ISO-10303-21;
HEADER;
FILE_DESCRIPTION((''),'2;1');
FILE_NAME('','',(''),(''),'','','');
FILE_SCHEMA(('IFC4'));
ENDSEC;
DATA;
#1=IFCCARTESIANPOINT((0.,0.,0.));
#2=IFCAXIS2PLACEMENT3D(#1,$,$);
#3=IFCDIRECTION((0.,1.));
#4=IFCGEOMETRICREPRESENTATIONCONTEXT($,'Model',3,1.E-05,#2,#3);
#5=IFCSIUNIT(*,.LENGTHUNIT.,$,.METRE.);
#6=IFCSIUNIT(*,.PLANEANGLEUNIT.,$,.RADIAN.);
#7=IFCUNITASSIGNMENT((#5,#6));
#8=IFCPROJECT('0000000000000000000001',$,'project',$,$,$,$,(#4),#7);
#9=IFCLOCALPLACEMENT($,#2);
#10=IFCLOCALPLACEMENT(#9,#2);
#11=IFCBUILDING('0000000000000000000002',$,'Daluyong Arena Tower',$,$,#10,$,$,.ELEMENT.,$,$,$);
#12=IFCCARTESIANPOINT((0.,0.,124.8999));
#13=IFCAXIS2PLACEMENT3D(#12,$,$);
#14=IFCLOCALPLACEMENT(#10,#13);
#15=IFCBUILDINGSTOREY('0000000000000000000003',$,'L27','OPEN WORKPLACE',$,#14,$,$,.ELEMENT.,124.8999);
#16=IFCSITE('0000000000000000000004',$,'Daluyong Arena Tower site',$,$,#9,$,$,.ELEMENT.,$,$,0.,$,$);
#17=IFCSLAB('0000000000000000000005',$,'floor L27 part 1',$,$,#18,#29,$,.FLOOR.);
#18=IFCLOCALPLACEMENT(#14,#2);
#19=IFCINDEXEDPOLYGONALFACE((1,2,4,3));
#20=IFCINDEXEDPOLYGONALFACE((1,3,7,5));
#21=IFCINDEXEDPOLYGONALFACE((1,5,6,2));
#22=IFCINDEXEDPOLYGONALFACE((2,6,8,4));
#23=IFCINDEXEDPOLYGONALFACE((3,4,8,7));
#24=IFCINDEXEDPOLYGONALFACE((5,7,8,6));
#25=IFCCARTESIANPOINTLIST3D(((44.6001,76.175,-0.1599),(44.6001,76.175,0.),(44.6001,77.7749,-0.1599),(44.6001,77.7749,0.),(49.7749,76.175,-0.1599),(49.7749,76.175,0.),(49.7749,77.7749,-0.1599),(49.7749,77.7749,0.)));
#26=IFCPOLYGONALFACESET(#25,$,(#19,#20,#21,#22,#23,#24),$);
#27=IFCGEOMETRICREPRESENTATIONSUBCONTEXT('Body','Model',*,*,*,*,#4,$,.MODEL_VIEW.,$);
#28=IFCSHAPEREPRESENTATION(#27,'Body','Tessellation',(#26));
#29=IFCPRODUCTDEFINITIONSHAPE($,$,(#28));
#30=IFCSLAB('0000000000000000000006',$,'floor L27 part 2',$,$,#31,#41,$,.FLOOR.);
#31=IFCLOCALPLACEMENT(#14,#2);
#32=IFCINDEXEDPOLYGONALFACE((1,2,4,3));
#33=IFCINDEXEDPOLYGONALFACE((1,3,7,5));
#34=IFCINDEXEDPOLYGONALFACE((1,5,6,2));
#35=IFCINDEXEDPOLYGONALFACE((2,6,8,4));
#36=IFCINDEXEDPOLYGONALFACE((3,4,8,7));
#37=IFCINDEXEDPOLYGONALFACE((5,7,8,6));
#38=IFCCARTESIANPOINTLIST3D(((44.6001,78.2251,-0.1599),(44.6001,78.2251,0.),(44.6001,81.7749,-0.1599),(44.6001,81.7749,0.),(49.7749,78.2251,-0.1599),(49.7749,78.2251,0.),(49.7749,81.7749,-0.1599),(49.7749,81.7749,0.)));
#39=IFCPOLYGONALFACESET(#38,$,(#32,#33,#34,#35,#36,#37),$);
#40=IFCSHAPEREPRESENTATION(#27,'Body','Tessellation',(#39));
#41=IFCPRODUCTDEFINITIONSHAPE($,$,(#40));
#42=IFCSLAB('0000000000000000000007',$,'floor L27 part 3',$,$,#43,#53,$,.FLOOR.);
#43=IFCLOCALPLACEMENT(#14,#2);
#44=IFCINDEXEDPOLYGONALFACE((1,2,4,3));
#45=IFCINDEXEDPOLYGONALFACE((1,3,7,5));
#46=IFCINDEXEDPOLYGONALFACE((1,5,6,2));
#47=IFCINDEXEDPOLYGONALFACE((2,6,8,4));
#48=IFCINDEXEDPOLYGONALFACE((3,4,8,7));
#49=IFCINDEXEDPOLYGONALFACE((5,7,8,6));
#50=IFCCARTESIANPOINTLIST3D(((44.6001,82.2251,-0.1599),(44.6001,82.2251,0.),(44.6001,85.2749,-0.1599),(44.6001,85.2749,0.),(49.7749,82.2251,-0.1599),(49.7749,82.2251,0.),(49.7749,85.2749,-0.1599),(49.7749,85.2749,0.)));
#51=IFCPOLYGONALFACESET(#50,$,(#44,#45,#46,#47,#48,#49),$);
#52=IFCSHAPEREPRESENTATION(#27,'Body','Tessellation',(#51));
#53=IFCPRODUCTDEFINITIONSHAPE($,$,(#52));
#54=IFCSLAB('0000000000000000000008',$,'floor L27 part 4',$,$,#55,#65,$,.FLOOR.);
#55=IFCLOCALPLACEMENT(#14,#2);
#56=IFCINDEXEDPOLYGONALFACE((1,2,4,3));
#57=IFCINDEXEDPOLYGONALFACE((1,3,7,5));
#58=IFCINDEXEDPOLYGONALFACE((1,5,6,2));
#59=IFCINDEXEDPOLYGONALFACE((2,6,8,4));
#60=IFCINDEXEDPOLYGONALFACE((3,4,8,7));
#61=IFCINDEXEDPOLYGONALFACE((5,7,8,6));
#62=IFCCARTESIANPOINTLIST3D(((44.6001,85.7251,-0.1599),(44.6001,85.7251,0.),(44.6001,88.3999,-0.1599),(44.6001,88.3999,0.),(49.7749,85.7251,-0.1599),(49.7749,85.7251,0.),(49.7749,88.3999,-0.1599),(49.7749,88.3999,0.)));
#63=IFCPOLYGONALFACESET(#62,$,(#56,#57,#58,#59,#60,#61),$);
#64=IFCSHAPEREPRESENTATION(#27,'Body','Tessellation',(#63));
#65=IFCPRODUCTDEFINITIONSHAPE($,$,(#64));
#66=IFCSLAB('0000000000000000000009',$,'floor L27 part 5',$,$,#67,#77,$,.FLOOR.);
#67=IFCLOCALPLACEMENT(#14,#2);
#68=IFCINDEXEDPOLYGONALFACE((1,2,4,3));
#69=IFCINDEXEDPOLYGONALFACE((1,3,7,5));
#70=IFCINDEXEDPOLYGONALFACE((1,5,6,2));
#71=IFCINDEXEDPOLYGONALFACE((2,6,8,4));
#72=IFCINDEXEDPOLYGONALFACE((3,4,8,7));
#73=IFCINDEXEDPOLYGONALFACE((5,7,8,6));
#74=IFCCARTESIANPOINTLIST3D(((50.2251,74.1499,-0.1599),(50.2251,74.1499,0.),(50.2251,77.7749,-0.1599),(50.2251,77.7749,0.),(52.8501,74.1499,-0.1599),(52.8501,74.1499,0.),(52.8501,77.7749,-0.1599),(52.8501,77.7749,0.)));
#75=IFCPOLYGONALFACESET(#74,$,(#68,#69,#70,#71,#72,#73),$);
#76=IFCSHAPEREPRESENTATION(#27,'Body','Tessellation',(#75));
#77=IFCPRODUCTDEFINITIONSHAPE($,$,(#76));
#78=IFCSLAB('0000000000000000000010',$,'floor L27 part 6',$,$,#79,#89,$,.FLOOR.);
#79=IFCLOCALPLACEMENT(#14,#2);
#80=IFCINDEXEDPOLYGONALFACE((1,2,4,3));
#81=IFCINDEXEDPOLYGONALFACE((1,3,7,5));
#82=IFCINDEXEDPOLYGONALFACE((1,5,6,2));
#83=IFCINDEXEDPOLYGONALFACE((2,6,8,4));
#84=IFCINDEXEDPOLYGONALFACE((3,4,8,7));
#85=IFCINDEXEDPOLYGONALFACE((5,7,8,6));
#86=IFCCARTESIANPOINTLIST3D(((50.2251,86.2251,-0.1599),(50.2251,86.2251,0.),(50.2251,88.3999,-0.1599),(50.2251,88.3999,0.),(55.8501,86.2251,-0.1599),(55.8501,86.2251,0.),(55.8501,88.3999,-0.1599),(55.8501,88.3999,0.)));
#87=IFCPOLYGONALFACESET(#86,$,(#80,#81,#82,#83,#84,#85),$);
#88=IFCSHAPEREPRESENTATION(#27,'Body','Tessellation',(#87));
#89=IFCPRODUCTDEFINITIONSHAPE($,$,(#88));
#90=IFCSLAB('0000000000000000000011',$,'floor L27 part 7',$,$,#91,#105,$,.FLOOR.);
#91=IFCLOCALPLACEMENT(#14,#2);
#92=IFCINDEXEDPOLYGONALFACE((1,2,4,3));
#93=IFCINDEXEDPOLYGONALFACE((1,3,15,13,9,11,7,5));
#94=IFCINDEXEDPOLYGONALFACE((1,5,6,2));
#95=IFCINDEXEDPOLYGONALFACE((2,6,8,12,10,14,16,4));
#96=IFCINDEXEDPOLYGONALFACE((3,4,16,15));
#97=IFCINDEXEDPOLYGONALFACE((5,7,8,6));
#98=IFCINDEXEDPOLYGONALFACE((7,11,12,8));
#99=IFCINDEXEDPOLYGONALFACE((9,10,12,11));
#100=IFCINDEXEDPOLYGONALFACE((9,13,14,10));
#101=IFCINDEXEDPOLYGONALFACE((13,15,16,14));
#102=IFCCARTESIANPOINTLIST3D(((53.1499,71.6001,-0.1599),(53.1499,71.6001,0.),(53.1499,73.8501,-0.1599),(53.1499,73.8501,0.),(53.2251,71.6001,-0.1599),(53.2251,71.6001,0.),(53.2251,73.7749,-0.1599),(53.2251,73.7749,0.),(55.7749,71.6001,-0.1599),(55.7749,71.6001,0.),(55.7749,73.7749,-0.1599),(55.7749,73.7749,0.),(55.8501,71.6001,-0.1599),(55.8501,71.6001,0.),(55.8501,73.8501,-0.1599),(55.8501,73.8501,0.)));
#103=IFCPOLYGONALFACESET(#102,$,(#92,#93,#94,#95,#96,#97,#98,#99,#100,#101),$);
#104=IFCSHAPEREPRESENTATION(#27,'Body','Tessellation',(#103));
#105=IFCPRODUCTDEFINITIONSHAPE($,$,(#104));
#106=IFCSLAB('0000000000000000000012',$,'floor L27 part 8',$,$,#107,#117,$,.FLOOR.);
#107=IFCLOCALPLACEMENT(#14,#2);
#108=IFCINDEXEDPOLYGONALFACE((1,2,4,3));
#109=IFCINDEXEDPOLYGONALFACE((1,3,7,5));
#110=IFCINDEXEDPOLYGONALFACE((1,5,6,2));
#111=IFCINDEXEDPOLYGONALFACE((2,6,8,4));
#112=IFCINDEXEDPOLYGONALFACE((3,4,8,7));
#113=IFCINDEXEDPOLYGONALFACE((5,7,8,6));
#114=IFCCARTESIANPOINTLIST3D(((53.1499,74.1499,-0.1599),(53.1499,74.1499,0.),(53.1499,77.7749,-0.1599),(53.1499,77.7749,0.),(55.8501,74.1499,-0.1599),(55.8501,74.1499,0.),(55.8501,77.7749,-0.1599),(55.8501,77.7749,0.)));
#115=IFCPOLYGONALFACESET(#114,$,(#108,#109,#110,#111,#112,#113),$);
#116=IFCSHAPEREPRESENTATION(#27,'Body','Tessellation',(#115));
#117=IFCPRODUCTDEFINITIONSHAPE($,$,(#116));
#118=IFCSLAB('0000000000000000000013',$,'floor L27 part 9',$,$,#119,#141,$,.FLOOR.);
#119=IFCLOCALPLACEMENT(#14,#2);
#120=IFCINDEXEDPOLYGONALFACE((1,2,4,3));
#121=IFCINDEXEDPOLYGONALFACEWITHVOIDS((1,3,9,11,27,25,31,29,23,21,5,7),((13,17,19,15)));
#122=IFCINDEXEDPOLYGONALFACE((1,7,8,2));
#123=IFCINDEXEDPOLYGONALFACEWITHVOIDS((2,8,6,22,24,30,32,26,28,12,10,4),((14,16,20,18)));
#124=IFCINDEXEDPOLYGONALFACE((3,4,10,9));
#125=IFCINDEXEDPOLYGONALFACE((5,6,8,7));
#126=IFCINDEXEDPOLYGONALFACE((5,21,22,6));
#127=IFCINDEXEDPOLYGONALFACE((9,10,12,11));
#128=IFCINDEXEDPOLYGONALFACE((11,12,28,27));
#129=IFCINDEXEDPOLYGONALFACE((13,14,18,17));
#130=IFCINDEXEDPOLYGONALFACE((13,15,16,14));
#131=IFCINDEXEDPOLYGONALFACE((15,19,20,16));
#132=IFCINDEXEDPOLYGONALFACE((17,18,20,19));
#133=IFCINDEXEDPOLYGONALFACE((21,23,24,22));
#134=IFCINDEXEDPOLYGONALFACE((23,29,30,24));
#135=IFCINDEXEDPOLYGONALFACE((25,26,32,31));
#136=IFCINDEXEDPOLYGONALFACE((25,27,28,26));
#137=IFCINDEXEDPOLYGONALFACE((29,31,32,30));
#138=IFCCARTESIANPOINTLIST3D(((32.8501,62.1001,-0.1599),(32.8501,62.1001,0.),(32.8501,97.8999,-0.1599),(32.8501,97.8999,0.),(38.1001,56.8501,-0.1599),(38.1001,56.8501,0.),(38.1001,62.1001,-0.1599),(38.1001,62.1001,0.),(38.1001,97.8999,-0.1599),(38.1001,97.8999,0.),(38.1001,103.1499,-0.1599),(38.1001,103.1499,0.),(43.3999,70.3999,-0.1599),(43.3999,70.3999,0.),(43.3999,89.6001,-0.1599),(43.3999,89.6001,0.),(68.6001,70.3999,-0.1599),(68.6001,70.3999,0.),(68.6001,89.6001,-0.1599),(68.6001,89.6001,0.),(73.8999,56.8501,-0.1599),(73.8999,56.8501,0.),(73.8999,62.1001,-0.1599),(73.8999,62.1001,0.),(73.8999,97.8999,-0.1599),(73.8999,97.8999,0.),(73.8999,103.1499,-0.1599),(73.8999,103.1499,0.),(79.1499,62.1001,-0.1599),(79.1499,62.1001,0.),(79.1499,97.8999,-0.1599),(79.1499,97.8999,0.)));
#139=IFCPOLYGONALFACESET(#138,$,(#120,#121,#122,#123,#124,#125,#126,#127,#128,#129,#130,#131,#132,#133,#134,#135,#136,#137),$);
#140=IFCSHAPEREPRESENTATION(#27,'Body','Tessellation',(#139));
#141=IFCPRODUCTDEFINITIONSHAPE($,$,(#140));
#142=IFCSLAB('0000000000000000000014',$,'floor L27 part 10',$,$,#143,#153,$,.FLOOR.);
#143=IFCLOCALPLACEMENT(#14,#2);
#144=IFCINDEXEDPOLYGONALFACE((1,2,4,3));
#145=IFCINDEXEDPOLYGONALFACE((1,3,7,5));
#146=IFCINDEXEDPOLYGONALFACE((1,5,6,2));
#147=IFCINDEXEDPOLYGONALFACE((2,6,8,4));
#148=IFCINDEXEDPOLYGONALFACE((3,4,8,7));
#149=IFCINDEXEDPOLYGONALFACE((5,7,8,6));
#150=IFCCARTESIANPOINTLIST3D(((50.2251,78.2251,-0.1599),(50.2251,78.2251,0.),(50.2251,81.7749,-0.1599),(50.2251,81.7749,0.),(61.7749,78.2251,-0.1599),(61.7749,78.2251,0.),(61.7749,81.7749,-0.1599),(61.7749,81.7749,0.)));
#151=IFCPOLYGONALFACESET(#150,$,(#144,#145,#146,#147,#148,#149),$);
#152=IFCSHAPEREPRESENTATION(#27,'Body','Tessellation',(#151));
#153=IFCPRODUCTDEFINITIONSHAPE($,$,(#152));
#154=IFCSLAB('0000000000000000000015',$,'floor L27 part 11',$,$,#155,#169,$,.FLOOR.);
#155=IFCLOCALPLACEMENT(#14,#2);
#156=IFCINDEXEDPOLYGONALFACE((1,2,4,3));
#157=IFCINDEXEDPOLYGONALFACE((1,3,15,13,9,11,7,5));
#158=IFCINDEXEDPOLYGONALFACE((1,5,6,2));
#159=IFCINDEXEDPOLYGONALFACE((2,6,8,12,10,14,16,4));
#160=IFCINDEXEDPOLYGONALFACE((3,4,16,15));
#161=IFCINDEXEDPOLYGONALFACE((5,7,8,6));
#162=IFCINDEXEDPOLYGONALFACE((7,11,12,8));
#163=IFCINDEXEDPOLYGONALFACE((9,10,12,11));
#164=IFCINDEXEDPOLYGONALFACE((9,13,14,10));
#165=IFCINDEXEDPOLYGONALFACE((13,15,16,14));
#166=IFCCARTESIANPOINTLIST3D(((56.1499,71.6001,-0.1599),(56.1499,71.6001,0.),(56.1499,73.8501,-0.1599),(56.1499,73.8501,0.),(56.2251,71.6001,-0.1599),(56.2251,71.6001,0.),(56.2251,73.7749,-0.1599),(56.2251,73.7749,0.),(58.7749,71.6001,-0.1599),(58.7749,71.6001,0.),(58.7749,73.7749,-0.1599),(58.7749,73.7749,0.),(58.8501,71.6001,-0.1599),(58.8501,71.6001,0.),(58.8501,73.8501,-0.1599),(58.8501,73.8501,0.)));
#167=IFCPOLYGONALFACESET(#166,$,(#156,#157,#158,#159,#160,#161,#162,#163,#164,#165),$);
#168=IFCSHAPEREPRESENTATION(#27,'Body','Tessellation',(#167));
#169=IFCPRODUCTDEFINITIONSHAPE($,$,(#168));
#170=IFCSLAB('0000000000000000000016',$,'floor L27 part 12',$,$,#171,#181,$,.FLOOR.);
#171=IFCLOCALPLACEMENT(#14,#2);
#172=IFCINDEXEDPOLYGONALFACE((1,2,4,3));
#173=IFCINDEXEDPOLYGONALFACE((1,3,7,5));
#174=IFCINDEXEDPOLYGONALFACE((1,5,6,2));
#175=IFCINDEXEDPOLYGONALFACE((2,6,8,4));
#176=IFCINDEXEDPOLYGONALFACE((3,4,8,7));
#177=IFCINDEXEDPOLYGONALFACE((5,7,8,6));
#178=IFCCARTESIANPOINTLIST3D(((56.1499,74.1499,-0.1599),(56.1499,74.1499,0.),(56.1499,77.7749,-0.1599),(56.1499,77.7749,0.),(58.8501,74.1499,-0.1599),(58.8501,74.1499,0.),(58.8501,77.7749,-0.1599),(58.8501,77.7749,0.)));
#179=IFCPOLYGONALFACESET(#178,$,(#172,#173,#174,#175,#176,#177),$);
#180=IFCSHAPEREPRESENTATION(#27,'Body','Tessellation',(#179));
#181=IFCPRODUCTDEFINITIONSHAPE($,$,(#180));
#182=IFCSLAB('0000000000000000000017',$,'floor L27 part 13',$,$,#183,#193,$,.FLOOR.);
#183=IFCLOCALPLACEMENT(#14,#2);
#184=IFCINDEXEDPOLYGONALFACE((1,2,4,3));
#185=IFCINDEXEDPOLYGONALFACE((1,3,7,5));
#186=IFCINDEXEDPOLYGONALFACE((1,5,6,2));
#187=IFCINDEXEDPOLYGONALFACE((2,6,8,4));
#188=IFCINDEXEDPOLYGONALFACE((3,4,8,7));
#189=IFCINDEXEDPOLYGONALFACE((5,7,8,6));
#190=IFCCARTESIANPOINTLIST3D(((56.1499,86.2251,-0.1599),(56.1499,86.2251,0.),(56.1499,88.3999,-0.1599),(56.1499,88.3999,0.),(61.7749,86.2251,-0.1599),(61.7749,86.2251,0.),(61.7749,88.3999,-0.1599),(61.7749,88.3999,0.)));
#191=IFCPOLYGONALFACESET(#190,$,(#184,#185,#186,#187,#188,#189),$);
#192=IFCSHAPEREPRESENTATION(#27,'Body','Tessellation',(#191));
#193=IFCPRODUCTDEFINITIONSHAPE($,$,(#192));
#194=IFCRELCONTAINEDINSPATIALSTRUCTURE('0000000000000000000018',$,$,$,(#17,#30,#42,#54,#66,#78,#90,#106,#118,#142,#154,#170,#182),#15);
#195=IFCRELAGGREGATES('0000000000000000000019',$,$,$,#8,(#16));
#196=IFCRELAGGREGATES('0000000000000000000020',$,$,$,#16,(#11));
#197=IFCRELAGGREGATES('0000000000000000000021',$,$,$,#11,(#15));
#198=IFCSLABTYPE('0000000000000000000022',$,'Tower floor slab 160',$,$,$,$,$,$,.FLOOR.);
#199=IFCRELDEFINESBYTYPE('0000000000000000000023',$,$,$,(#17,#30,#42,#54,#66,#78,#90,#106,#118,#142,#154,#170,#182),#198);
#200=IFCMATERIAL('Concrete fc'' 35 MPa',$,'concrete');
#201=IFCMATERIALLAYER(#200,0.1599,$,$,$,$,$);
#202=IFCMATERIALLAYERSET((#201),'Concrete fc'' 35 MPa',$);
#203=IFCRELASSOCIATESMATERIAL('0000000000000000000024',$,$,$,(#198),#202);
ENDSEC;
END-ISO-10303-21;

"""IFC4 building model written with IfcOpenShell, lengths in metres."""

from ifc_helpers import new_model, si_unit, direction, frame, origin, place, context, subcontext, project, spatial, polyline, outline, extrude, material, layer, layer_set, type_object, element, save


model = new_model("IFC4")

# Units and contexts
model_context = context("Model", 3, precision=1e-05, world=origin(), true_north=direction((0.0, 1.0)))
body_context = subcontext(model_context, "Body", "Model", "MODEL_VIEW")
ifc_project = project(units=[si_unit("LENGTHUNIT", "METRE"), si_unit("PLANEANGLEUNIT", "RADIAN")], contexts=[model_context])

# Site, building, storey
site_placement = place(None, origin())
site = spatial("IfcSite", under=ifc_project, at=site_placement, Name="Daluyong Arena Tower site", CompositionType="ELEMENT", RefElevation=0.0)
building_placement = place(site_placement, origin())
building = spatial("IfcBuilding", under=site, at=building_placement, Name="Daluyong Arena Tower", CompositionType="ELEMENT")
storey_placement = place(building_placement, frame((0.0, 0.0, 124.8999)))
storey = spatial("IfcBuildingStorey", under=building, at=storey_placement, Name="L27", Description="OPEN WORKPLACE", CompositionType="ELEMENT", Elevation=124.8999)

# Slabs
ifc_material_1 = material(Name="Concrete fc' 35 MPa", Category="concrete")
ifc_layer_1 = layer(ifc_material_1, 0.1599)
ifc_layer_set_1 = layer_set([ifc_layer_1], Name="Concrete fc' 35 MPa")
slab_type = type_object("IfcSlabType", Name="Tower floor slab 160", PredefinedType="FLOOR", material=ifc_layer_set_1)
slab_1_placement = place(storey_placement, frame((0.0, 0.0, -0.1599)))
element("IfcSlab", 1, at=slab_1_placement, inside=storey, type_object=slab_type, Name="floor L27 part 1", PredefinedType="FLOOR", context=body_context, shape_type="SweptSolid", body=[
    extrude(outline(polyline([(49.7749, 76.175), (49.7749, 77.7749), (44.6001, 77.7749), (44.6001, 76.175), (49.7749, 76.175)])), origin(), (0.0, 0.0, 1.0), 0.1599),
])
slab_2_placement = place(storey_placement, frame((0.0, 0.0, -0.1599)))
element("IfcSlab", 2, at=slab_2_placement, inside=storey, type_object=slab_type, Name="floor L27 part 2", PredefinedType="FLOOR", context=body_context, shape_type="SweptSolid", body=[
    extrude(outline(polyline([(44.6001, 78.2251), (49.7749, 78.2251), (49.7749, 81.7749), (44.6001, 81.7749), (44.6001, 78.2251)])), origin(), (0.0, 0.0, 1.0), 0.1599),
])
slab_3_placement = place(storey_placement, frame((0.0, 0.0, -0.1599)))
element("IfcSlab", 3, at=slab_3_placement, inside=storey, type_object=slab_type, Name="floor L27 part 3", PredefinedType="FLOOR", context=body_context, shape_type="SweptSolid", body=[
    extrude(outline(polyline([(44.6001, 82.2251), (49.7749, 82.2251), (49.7749, 85.2749), (44.6001, 85.2749), (44.6001, 82.2251)])), origin(), (0.0, 0.0, 1.0), 0.1599),
])
slab_4_placement = place(storey_placement, frame((0.0, 0.0, -0.1599)))
element("IfcSlab", 4, at=slab_4_placement, inside=storey, type_object=slab_type, Name="floor L27 part 4", PredefinedType="FLOOR", context=body_context, shape_type="SweptSolid", body=[
    extrude(outline(polyline([(49.7749, 88.3999), (44.6001, 88.3999), (44.6001, 85.7251), (49.7749, 85.7251), (49.7749, 88.3999)])), origin(), (0.0, 0.0, 1.0), 0.1599),
])
slab_5_placement = place(storey_placement, frame((0.0, 0.0, -0.1599)))
element("IfcSlab", 5, at=slab_5_placement, inside=storey, type_object=slab_type, Name="floor L27 part 5", PredefinedType="FLOOR", context=body_context, shape_type="SweptSolid", body=[
    extrude(outline(polyline([(52.8501, 77.7749), (50.2251, 77.7749), (50.2251, 74.1499), (52.8501, 74.1499), (52.8501, 77.7749)])), origin(), (0.0, 0.0, 1.0), 0.1599),
])
slab_6_placement = place(storey_placement, frame((0.0, 0.0, -0.1599)))
element("IfcSlab", 6, at=slab_6_placement, inside=storey, type_object=slab_type, Name="floor L27 part 6", PredefinedType="FLOOR", context=body_context, shape_type="SweptSolid", body=[
    extrude(outline(polyline([(55.8501, 88.3999), (50.2251, 88.3999), (50.2251, 86.2251), (55.8501, 86.2251), (55.8501, 88.3999)])), origin(), (0.0, 0.0, 1.0), 0.1599),
])
slab_7_placement = place(storey_placement, frame((0.0, 0.0, -0.1599)))
element("IfcSlab", 7, at=slab_7_placement, inside=storey, type_object=slab_type, Name="floor L27 part 7", PredefinedType="FLOOR", context=body_context, shape_type="SweptSolid", body=[
    extrude(outline(polyline([(55.7749, 73.7749), (55.7749, 71.6001), (55.8501, 71.6001), (55.8501, 73.8501), (53.1499, 73.8501), (53.1499, 71.6001), (53.2251, 71.6001), (53.2251, 73.7749), (55.7749, 73.7749)])), origin(), (0.0, 0.0, 1.0), 0.1599),
])
slab_8_placement = place(storey_placement, frame((0.0, 0.0, -0.1599)))
element("IfcSlab", 8, at=slab_8_placement, inside=storey, type_object=slab_type, Name="floor L27 part 8", PredefinedType="FLOOR", context=body_context, shape_type="SweptSolid", body=[
    extrude(outline(polyline([(55.8501, 77.7749), (53.1499, 77.7749), (53.1499, 74.1499), (55.8501, 74.1499), (55.8501, 77.7749)])), origin(), (0.0, 0.0, 1.0), 0.1599),
])
slab_9_placement = place(storey_placement, frame((0.0, 0.0, -0.1599)))
element("IfcSlab", 9, at=slab_9_placement, inside=storey, type_object=slab_type, Name="floor L27 part 9", PredefinedType="FLOOR", context=body_context, shape_type="SweptSolid", body=[
    extrude(outline(polyline([(38.1001, 62.1001), (38.1001, 56.8501), (73.8999, 56.8501), (73.8999, 62.1001), (79.1499, 62.1001), (79.1499, 97.8999), (73.8999, 97.8999), (73.8999, 103.1499), (38.1001, 103.1499), (38.1001, 97.8999), (32.8501, 97.8999), (32.8501, 62.1001), (38.1001, 62.1001)]), holes=[polyline([(68.6001, 89.6001), (68.6001, 70.3999), (43.3999, 70.3999), (43.3999, 89.6001), (68.6001, 89.6001)])]), origin(), (0.0, 0.0, 1.0), 0.1599),
])
slab_10_placement = place(storey_placement, frame((0.0, 0.0, -0.1599)))
element("IfcSlab", 10, at=slab_10_placement, inside=storey, type_object=slab_type, Name="floor L27 part 10", PredefinedType="FLOOR", context=body_context, shape_type="SweptSolid", body=[
    extrude(outline(polyline([(61.7749, 78.2251), (61.7749, 81.7749), (50.2251, 81.7749), (50.2251, 78.2251), (61.7749, 78.2251)])), origin(), (0.0, 0.0, 1.0), 0.1599),
])
slab_11_placement = place(storey_placement, frame((0.0, 0.0, -0.1599)))
element("IfcSlab", 11, at=slab_11_placement, inside=storey, type_object=slab_type, Name="floor L27 part 11", PredefinedType="FLOOR", context=body_context, shape_type="SweptSolid", body=[
    extrude(outline(polyline([(58.8501, 71.6001), (58.8501, 73.8501), (56.1499, 73.8501), (56.1499, 71.6001), (56.2251, 71.6001), (56.2251, 73.7749), (58.7749, 73.7749), (58.7749, 71.6001), (58.8501, 71.6001)])), origin(), (0.0, 0.0, 1.0), 0.1599),
])
slab_12_placement = place(storey_placement, frame((0.0, 0.0, -0.1599)))
element("IfcSlab", 12, at=slab_12_placement, inside=storey, type_object=slab_type, Name="floor L27 part 12", PredefinedType="FLOOR", context=body_context, shape_type="SweptSolid", body=[
    extrude(outline(polyline([(58.8501, 77.7749), (56.1499, 77.7749), (56.1499, 74.1499), (58.8501, 74.1499), (58.8501, 77.7749)])), origin(), (0.0, 0.0, 1.0), 0.1599),
])
slab_13_placement = place(storey_placement, frame((0.0, 0.0, -0.1599)))
element("IfcSlab", 13, at=slab_13_placement, inside=storey, type_object=slab_type, Name="floor L27 part 13", PredefinedType="FLOOR", context=body_context, shape_type="SweptSolid", body=[
    extrude(outline(polyline([(56.1499, 88.3999), (56.1499, 86.2251), (61.7749, 86.2251), (61.7749, 88.3999), (56.1499, 88.3999)])), origin(), (0.0, 0.0, 1.0), 0.1599),
])

save(model, "model.ifc")
